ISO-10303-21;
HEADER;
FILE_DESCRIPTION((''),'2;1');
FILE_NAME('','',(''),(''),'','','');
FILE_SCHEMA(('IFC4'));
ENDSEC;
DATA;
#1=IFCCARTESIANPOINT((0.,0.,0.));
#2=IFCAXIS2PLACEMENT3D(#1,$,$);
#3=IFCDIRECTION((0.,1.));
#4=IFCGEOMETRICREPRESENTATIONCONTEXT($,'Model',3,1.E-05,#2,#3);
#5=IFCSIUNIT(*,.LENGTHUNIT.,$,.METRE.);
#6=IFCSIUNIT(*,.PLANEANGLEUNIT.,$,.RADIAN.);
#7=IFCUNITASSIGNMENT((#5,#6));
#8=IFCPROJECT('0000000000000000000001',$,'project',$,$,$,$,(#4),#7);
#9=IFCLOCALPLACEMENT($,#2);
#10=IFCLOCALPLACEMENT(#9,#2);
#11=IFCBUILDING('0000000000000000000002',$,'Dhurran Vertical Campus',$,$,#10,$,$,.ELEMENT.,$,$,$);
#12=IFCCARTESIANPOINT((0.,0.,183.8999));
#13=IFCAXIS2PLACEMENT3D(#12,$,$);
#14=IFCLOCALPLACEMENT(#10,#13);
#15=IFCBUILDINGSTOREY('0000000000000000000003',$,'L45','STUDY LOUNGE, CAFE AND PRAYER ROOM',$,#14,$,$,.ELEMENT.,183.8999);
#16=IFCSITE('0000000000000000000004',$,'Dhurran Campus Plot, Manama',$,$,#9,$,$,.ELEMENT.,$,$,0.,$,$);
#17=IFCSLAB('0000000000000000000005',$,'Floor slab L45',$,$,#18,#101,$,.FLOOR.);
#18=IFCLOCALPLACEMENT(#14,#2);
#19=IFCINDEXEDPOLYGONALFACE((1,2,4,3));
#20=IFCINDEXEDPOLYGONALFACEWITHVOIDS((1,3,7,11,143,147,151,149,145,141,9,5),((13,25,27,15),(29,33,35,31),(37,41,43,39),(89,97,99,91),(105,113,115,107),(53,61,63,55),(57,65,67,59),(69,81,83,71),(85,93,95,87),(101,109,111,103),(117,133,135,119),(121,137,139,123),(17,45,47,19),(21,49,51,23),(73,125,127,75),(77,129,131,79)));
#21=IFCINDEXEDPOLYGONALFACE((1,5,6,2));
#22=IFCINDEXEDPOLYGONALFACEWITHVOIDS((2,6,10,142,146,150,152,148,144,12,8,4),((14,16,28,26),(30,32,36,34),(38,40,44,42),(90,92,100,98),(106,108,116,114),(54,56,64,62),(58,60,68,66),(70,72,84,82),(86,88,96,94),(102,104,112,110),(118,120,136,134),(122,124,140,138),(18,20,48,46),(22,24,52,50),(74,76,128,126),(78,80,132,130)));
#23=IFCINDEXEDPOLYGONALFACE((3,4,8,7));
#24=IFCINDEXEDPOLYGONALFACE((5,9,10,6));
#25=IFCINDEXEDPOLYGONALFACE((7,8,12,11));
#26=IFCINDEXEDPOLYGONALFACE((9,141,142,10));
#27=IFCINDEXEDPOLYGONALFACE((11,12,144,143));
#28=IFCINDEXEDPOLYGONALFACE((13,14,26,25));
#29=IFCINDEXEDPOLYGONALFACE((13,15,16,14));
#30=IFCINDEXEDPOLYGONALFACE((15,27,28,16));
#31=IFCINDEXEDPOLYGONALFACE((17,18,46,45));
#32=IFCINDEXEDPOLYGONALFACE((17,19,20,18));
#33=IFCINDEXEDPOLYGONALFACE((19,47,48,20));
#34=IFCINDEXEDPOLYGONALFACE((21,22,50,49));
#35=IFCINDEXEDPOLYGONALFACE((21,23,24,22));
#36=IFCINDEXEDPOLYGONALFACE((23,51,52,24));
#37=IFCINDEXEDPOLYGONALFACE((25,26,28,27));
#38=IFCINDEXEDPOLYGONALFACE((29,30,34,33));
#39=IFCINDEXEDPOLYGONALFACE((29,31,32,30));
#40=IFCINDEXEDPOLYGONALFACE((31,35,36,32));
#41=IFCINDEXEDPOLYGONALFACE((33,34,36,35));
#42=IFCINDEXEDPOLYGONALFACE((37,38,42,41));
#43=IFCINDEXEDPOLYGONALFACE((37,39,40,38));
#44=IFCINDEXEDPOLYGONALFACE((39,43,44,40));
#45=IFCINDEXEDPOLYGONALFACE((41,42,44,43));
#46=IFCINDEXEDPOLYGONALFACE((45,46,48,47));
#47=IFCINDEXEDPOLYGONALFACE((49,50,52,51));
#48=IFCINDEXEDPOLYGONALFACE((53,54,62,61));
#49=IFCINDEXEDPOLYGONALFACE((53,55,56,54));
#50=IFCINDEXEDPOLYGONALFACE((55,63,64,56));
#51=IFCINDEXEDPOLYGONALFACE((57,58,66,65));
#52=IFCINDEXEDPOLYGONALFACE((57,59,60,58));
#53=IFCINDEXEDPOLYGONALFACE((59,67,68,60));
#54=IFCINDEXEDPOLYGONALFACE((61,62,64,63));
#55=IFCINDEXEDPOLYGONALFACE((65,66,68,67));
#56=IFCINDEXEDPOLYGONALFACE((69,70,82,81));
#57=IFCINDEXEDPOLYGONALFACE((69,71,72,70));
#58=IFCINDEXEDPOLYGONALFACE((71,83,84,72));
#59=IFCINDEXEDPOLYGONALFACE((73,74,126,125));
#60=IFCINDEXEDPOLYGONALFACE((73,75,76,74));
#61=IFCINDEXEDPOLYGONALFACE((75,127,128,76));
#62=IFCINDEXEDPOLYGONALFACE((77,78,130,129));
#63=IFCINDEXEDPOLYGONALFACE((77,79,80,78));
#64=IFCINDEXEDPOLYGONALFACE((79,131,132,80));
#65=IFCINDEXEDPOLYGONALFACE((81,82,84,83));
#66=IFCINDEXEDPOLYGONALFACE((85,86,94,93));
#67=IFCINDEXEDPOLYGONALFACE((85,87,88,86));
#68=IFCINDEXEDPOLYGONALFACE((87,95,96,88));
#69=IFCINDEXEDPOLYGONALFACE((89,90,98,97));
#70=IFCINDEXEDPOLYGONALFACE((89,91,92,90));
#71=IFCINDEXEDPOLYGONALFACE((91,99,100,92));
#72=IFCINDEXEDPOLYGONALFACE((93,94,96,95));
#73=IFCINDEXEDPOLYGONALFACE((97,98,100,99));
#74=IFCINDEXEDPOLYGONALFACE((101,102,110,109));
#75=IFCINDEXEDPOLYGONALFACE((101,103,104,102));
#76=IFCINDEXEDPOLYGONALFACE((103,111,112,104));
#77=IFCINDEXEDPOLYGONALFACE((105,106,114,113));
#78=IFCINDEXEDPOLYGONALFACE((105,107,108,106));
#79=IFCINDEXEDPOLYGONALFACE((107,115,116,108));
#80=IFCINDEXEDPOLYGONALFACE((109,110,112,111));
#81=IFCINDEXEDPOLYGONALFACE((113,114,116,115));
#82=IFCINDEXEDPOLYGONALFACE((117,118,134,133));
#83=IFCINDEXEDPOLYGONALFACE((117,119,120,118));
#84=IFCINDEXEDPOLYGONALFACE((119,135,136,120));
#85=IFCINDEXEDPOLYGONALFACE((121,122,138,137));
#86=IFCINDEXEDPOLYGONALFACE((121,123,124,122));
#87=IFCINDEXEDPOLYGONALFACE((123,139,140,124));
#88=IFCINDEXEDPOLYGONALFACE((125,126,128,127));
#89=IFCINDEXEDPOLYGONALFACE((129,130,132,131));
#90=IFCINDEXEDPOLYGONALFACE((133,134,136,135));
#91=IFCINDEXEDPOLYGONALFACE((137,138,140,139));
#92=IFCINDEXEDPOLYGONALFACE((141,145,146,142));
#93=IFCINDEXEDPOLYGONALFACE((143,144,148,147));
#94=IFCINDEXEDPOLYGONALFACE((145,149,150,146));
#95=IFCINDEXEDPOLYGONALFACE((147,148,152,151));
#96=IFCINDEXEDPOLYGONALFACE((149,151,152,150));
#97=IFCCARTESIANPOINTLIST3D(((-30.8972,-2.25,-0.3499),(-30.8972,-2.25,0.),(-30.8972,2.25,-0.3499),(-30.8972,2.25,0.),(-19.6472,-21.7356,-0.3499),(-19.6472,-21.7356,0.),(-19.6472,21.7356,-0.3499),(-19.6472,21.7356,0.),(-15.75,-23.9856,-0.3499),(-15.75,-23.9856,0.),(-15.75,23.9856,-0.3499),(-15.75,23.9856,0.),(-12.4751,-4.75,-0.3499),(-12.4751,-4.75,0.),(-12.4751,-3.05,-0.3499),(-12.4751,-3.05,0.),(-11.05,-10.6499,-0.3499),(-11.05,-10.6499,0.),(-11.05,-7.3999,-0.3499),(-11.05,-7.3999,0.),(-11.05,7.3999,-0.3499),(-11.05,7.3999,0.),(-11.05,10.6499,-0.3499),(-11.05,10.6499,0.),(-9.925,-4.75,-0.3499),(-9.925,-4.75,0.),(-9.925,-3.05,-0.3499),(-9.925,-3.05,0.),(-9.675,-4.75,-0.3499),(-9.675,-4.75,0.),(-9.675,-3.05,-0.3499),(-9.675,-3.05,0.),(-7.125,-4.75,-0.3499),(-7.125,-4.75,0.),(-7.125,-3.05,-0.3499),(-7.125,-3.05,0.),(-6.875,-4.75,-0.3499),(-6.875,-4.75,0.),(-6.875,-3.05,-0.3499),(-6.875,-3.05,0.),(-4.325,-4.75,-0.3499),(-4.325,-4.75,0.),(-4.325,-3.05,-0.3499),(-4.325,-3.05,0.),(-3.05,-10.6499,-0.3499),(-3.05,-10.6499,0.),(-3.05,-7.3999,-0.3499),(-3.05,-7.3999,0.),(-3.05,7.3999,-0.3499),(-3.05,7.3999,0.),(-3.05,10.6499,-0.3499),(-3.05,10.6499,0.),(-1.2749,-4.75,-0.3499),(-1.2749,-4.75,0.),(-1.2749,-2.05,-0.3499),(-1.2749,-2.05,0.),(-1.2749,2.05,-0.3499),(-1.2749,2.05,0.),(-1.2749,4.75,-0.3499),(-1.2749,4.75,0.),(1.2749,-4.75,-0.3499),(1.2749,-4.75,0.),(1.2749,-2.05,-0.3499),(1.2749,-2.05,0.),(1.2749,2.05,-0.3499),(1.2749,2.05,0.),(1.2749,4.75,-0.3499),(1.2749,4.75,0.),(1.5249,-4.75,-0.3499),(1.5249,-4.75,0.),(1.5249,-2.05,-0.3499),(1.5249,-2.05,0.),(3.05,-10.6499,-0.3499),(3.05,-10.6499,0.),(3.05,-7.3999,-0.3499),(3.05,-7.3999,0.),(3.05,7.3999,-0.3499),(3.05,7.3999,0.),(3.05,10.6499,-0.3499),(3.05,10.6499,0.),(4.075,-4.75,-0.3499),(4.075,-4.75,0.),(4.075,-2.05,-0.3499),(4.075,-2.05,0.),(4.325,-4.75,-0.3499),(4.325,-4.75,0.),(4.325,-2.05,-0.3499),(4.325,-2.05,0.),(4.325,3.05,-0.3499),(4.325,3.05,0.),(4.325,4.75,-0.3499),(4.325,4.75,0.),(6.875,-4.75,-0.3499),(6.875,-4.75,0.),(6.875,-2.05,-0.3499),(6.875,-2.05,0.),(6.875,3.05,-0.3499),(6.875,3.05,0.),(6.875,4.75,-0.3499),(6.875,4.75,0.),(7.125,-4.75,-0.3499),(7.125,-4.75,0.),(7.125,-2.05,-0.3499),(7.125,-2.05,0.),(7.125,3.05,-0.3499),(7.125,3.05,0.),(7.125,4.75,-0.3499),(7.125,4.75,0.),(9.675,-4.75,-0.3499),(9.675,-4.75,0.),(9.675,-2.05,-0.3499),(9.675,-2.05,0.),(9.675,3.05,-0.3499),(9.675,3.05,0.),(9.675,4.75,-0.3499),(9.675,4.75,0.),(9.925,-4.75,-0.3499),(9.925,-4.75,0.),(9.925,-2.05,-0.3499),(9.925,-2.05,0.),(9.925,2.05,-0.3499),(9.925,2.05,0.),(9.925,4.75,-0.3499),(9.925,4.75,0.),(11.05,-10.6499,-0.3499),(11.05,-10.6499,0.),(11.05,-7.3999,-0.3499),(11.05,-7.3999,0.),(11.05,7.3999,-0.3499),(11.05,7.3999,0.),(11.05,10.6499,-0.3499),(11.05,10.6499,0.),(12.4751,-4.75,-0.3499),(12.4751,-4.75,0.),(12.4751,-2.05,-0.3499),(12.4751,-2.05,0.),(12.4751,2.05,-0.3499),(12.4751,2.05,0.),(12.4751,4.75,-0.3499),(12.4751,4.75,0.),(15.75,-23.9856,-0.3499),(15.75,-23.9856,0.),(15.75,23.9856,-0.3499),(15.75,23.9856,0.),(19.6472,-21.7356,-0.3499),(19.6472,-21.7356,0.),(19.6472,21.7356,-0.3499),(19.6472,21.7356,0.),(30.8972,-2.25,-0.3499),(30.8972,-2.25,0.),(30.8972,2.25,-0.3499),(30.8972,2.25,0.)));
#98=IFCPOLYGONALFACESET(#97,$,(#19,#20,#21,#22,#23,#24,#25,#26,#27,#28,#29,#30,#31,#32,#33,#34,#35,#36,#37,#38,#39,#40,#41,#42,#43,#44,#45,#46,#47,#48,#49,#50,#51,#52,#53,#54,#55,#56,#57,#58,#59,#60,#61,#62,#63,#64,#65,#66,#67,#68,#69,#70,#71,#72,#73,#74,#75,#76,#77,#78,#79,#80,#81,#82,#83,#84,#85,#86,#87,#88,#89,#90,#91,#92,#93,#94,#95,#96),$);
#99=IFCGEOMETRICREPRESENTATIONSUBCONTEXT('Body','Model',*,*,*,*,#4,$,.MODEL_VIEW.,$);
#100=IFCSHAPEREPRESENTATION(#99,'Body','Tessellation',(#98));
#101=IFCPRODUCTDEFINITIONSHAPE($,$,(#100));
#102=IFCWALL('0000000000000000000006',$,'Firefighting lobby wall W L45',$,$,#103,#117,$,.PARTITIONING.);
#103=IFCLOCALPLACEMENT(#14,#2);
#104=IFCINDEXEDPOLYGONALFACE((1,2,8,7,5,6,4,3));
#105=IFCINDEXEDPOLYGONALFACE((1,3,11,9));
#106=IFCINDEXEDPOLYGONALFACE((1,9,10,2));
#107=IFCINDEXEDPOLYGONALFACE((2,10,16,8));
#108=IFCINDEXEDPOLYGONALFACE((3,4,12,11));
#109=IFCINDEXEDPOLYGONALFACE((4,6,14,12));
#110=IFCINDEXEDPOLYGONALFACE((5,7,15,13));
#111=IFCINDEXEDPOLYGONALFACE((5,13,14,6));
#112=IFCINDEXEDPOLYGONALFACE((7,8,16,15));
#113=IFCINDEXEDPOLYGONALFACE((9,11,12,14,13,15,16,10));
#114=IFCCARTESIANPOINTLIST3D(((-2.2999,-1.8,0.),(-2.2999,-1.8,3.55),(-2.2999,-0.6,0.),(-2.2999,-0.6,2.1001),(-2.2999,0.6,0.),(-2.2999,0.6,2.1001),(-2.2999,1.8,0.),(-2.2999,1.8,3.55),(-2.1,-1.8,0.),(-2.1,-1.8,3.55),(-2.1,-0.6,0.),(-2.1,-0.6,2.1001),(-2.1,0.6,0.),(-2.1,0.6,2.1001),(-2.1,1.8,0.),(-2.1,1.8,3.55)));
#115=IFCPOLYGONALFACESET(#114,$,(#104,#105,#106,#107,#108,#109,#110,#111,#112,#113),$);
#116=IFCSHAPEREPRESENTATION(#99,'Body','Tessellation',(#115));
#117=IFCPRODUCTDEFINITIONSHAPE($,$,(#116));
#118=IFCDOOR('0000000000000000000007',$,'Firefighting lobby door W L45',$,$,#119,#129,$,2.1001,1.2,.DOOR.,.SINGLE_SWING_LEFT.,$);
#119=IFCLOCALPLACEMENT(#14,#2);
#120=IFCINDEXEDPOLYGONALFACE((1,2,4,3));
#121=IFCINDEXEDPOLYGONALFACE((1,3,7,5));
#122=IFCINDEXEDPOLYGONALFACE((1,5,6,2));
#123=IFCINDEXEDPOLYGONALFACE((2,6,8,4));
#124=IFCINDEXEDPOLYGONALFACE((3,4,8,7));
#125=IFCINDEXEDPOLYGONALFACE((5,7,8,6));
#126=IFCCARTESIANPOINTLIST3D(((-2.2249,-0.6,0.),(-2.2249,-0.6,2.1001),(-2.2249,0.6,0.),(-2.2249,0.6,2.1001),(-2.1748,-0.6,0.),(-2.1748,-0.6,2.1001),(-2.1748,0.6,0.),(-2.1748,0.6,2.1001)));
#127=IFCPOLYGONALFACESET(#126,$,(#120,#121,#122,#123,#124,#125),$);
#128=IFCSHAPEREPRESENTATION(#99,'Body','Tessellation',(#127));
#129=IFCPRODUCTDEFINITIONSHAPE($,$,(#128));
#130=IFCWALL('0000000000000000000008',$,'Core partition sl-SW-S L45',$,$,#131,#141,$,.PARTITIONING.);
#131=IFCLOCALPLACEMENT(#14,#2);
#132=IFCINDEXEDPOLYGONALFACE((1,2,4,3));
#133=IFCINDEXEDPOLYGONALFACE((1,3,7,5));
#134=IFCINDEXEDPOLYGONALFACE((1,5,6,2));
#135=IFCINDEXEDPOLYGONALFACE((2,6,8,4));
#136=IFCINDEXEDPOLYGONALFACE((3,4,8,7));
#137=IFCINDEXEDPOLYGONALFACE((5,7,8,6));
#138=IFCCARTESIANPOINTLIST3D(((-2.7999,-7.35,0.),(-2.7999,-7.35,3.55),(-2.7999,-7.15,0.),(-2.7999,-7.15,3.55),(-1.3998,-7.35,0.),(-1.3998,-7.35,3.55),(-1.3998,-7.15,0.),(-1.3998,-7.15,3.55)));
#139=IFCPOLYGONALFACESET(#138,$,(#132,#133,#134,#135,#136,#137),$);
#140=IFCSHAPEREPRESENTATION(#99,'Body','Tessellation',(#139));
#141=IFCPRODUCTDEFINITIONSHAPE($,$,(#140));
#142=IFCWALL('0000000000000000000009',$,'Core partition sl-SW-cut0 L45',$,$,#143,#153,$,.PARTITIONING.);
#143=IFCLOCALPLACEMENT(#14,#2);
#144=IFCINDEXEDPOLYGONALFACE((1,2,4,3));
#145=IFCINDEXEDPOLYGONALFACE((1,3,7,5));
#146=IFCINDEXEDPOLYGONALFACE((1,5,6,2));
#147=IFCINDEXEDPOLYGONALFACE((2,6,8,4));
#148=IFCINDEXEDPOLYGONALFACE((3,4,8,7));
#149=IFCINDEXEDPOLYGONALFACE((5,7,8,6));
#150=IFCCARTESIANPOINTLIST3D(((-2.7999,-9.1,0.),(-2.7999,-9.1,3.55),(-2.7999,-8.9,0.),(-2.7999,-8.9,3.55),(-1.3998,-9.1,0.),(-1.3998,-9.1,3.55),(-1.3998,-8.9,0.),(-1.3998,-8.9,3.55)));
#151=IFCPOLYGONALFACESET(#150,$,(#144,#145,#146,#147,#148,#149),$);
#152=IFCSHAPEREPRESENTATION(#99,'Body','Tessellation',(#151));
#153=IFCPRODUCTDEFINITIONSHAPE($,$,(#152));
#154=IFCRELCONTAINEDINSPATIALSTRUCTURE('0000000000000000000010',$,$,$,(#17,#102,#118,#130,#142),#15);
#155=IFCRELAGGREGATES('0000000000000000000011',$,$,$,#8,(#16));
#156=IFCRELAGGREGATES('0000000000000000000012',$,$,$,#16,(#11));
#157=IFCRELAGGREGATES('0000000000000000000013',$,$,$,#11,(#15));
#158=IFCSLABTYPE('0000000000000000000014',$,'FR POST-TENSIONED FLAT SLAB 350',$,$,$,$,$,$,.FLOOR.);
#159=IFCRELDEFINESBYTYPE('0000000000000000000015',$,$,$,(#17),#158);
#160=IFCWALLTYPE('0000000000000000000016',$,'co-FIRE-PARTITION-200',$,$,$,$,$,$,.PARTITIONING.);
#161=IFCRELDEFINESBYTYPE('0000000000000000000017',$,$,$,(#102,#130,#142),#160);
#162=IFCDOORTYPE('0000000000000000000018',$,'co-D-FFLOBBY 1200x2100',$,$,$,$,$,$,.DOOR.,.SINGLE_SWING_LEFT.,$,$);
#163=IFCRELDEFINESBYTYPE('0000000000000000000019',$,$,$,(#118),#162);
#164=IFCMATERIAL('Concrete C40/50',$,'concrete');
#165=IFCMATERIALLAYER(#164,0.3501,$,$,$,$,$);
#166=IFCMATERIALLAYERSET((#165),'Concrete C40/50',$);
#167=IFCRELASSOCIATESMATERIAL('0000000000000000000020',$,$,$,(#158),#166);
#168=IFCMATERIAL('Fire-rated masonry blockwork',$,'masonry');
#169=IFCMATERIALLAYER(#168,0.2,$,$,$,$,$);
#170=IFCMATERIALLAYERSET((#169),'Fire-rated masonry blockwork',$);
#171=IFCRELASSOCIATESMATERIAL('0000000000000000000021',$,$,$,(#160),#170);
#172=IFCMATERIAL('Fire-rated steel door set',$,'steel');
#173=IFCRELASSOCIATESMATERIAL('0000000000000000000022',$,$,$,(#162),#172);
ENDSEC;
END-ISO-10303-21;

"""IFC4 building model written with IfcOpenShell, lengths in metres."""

from ifc_helpers import new_model, si_unit, direction, frame, frame_2d, origin, place, context, subcontext, project, spatial, polyline, rectangle, outline, extrude, material, layer, layer_set, type_object, element, fill, save


model = new_model("IFC4")

# Units and contexts
model_context = context("Model", 3, precision=1e-05, world=origin(), true_north=direction((0.0, 1.0)))
body_context = subcontext(model_context, "Body", "Model", "MODEL_VIEW")
ifc_project = project(units=[si_unit("LENGTHUNIT", "METRE"), si_unit("PLANEANGLEUNIT", "RADIAN")], contexts=[model_context])

# Site, building, storey
site_placement = place(None, origin())
site = spatial("IfcSite", under=ifc_project, at=site_placement, Name="Dhurran Campus Plot, Manama", CompositionType="ELEMENT", RefElevation=0.0)
building_placement = place(site_placement, origin())
building = spatial("IfcBuilding", under=site, at=building_placement, Name="Dhurran Vertical Campus", CompositionType="ELEMENT")
storey_placement = place(building_placement, frame((0.0, 0.0, 183.8999)))
storey = spatial("IfcBuildingStorey", under=building, at=storey_placement, Name="L45", Description="STUDY LOUNGE, CAFE AND PRAYER ROOM", CompositionType="ELEMENT", Elevation=183.8999)

# Slab
ifc_material_1 = material(Name="Concrete C40/50", Category="concrete")
ifc_layer_1 = layer(ifc_material_1, 0.3501)
ifc_layer_set_1 = layer_set([ifc_layer_1], Name="Concrete C40/50")
slab_type = type_object("IfcSlabType", Name="FR POST-TENSIONED FLAT SLAB 350", PredefinedType="FLOOR", material=ifc_layer_set_1)
slab_placement = place(storey_placement, frame((0.0, 0.0, -0.3499)))
element("IfcSlab", 1, at=slab_placement, inside=storey, type_object=slab_type, Name="Floor slab L45", PredefinedType="FLOOR", context=body_context, shape_type="SweptSolid", body=[
    extrude(outline(polyline([(-15.75, -23.9856), (15.75, -23.9856), (19.6472, -21.7356), (30.8972, -2.25), (30.8972, 2.25), (19.6472, 21.7356), (15.75, 23.9856), (-15.75, 23.9856), (-19.6472, 21.7356), (-30.8972, 2.25), (-30.8972, -2.25), (-19.6472, -21.7356), (-15.75, -23.9856)]), holes=[polyline([(-1.2749, 2.05), (1.2749, 2.05), (1.2749, 4.75), (-1.2749, 4.75), (-1.2749, 2.05)]), polyline([(9.925, 2.05), (12.4751, 2.05), (12.4751, 4.75), (9.925, 4.75), (9.925, 2.05)]), polyline([(-1.2749, -4.75), (1.2749, -4.75), (1.2749, -2.05), (-1.2749, -2.05), (-1.2749, -4.75)]), polyline([(1.5249, -4.75), (4.075, -4.75), (4.075, -2.05), (1.5249, -2.05), (1.5249, -4.75)]), polyline([(4.325, -4.75), (6.875, -4.75), (6.875, -2.05), (4.325, -2.05), (4.325, -4.75)]), polyline([(7.125, -4.75), (9.675, -4.75), (9.675, -2.05), (7.125, -2.05), (7.125, -4.75)]), polyline([(9.925, -4.75), (12.4751, -4.75), (12.4751, -2.05), (9.925, -2.05), (9.925, -4.75)]), polyline([(4.325, 3.05), (6.875, 3.05), (6.875, 4.75), (4.325, 4.75), (4.325, 3.05)]), polyline([(7.125, 3.05), (9.675, 3.05), (9.675, 4.75), (7.125, 4.75), (7.125, 3.05)]), polyline([(-12.4751, -4.75), (-9.925, -4.75), (-9.925, -3.05), (-12.4751, -3.05), (-12.4751, -4.75)]), polyline([(-9.675, -4.75), (-7.125, -4.75), (-7.125, -3.05), (-9.675, -3.05), (-9.675, -4.75)]), polyline([(-6.875, -4.75), (-4.325, -4.75), (-4.325, -3.05), (-6.875, -3.05), (-6.875, -4.75)]), polyline([(-11.05, 7.3999), (-3.05, 7.3999), (-3.05, 10.6499), (-11.05, 10.6499), (-11.05, 7.3999)]), polyline([(3.05, 7.3999), (11.05, 7.3999), (11.05, 10.6499), (3.05, 10.6499), (3.05, 7.3999)]), polyline([(-11.05, -10.6499), (-3.05, -10.6499), (-3.05, -7.3999), (-11.05, -7.3999), (-11.05, -10.6499)]), polyline([(3.05, -10.6499), (11.05, -10.6499), (11.05, -7.3999), (3.05, -7.3999), (3.05, -10.6499)])]), origin(), (0.0, 0.0, 1.0), 0.3499),
])

# Wall, opening, door
ifc_material_2 = material(Name="Fire-rated masonry blockwork", Category="masonry")
ifc_layer_2 = layer(ifc_material_2, 0.2)
ifc_layer_set_2 = layer_set([ifc_layer_2], Name="Fire-rated masonry blockwork")
wall_type_1 = type_object("IfcWallType", Name="co-FIRE-PARTITION-200", PredefinedType="PARTITIONING", material=ifc_layer_set_2)
wall_1_placement = place(storey_placement, frame((-2.2, -1.8, 0.0), z_axis=(0.0, 0.0, 1.0), x_axis=(0.0, 1.0, 0.0)))
wall_1 = element("IfcWall", 2, at=wall_1_placement, inside=storey, type_object=wall_type_1, Name="Firefighting lobby wall W L45", PredefinedType="PARTITIONING", context=body_context, shape_type="SweptSolid", body=[
    extrude(rectangle(XDim=3.6001, YDim=0.2, at=frame_2d((1.8, 0.0))), origin(), (0.0, 0.0, 1.0), 3.55),
])
opening_1_placement = place(wall_1_placement, frame((1.2, 0.0, 0.0)))
opening_1 = element("IfcOpeningElement", 3, at=opening_1_placement, cuts=wall_1, PredefinedType="OPENING", context=body_context, shape_type="SweptSolid", body=[
    extrude(rectangle(XDim=1.2, YDim=2.1001, at=frame_2d((0.6001, 1.05))), frame((0.0, 0.1099, 0.0), z_axis=(0.0, -1.0, 0.0), x_axis=(1.0, 0.0, 0.0)), (0.0, 0.0, 1.0), 0.22),
])
ifc_material_3 = material(Name="Fire-rated steel door set", Category="steel")
door_type_1 = type_object("IfcDoorType", Name="co-D-FFLOBBY 1200x2100", OperationType="SINGLE_SWING_LEFT", PredefinedType="DOOR", material=ifc_material_3)
door_1_placement = place(opening_1_placement, origin())
door_1 = element("IfcDoor", 4, at=door_1_placement, inside=storey, type_object=door_type_1, Name="Firefighting lobby door W L45", OperationType="SINGLE_SWING_LEFT", OverallHeight=2.1001, OverallWidth=1.2, PredefinedType="DOOR", context=body_context, shape_type="SweptSolid", body=[
    extrude(rectangle(XDim=1.2, YDim=2.1001, at=frame_2d((0.6001, 1.05))), frame((0.0, 0.0249, 0.0), z_axis=(0.0, -1.0, 0.0), x_axis=(1.0, 0.0, 0.0)), (0.0, 0.0, 1.0), 0.05),
])
fill(opening_1, door_1)

# Walls
for number, where, z_axis, x_axis, name in (
    (5, (-2.8, -7.25, 0.0), (0.0, 0.0, 1.0), (1.0, 0.0, 0.0), "Core partition sl-SW-S L45"),
    (6, (-2.8, -9.0, 0.0), (0.0, 0.0, 1.0), (1.0, 0.0, 0.0), "Core partition sl-SW-cut0 L45"),
):
    element("IfcWall", number, at=place(storey_placement, frame(where, z_axis=z_axis, x_axis=x_axis)), inside=storey, type_object=wall_type_1, Name=name, PredefinedType="PARTITIONING", context=body_context, shape_type="SweptSolid", body=[
        extrude(rectangle(XDim=1.4001, YDim=0.2, at=frame_2d((0.7002, 0.0))), origin(), (0.0, 0.0, 1.0), 3.55),
    ])

save(model, "model.ifc")
